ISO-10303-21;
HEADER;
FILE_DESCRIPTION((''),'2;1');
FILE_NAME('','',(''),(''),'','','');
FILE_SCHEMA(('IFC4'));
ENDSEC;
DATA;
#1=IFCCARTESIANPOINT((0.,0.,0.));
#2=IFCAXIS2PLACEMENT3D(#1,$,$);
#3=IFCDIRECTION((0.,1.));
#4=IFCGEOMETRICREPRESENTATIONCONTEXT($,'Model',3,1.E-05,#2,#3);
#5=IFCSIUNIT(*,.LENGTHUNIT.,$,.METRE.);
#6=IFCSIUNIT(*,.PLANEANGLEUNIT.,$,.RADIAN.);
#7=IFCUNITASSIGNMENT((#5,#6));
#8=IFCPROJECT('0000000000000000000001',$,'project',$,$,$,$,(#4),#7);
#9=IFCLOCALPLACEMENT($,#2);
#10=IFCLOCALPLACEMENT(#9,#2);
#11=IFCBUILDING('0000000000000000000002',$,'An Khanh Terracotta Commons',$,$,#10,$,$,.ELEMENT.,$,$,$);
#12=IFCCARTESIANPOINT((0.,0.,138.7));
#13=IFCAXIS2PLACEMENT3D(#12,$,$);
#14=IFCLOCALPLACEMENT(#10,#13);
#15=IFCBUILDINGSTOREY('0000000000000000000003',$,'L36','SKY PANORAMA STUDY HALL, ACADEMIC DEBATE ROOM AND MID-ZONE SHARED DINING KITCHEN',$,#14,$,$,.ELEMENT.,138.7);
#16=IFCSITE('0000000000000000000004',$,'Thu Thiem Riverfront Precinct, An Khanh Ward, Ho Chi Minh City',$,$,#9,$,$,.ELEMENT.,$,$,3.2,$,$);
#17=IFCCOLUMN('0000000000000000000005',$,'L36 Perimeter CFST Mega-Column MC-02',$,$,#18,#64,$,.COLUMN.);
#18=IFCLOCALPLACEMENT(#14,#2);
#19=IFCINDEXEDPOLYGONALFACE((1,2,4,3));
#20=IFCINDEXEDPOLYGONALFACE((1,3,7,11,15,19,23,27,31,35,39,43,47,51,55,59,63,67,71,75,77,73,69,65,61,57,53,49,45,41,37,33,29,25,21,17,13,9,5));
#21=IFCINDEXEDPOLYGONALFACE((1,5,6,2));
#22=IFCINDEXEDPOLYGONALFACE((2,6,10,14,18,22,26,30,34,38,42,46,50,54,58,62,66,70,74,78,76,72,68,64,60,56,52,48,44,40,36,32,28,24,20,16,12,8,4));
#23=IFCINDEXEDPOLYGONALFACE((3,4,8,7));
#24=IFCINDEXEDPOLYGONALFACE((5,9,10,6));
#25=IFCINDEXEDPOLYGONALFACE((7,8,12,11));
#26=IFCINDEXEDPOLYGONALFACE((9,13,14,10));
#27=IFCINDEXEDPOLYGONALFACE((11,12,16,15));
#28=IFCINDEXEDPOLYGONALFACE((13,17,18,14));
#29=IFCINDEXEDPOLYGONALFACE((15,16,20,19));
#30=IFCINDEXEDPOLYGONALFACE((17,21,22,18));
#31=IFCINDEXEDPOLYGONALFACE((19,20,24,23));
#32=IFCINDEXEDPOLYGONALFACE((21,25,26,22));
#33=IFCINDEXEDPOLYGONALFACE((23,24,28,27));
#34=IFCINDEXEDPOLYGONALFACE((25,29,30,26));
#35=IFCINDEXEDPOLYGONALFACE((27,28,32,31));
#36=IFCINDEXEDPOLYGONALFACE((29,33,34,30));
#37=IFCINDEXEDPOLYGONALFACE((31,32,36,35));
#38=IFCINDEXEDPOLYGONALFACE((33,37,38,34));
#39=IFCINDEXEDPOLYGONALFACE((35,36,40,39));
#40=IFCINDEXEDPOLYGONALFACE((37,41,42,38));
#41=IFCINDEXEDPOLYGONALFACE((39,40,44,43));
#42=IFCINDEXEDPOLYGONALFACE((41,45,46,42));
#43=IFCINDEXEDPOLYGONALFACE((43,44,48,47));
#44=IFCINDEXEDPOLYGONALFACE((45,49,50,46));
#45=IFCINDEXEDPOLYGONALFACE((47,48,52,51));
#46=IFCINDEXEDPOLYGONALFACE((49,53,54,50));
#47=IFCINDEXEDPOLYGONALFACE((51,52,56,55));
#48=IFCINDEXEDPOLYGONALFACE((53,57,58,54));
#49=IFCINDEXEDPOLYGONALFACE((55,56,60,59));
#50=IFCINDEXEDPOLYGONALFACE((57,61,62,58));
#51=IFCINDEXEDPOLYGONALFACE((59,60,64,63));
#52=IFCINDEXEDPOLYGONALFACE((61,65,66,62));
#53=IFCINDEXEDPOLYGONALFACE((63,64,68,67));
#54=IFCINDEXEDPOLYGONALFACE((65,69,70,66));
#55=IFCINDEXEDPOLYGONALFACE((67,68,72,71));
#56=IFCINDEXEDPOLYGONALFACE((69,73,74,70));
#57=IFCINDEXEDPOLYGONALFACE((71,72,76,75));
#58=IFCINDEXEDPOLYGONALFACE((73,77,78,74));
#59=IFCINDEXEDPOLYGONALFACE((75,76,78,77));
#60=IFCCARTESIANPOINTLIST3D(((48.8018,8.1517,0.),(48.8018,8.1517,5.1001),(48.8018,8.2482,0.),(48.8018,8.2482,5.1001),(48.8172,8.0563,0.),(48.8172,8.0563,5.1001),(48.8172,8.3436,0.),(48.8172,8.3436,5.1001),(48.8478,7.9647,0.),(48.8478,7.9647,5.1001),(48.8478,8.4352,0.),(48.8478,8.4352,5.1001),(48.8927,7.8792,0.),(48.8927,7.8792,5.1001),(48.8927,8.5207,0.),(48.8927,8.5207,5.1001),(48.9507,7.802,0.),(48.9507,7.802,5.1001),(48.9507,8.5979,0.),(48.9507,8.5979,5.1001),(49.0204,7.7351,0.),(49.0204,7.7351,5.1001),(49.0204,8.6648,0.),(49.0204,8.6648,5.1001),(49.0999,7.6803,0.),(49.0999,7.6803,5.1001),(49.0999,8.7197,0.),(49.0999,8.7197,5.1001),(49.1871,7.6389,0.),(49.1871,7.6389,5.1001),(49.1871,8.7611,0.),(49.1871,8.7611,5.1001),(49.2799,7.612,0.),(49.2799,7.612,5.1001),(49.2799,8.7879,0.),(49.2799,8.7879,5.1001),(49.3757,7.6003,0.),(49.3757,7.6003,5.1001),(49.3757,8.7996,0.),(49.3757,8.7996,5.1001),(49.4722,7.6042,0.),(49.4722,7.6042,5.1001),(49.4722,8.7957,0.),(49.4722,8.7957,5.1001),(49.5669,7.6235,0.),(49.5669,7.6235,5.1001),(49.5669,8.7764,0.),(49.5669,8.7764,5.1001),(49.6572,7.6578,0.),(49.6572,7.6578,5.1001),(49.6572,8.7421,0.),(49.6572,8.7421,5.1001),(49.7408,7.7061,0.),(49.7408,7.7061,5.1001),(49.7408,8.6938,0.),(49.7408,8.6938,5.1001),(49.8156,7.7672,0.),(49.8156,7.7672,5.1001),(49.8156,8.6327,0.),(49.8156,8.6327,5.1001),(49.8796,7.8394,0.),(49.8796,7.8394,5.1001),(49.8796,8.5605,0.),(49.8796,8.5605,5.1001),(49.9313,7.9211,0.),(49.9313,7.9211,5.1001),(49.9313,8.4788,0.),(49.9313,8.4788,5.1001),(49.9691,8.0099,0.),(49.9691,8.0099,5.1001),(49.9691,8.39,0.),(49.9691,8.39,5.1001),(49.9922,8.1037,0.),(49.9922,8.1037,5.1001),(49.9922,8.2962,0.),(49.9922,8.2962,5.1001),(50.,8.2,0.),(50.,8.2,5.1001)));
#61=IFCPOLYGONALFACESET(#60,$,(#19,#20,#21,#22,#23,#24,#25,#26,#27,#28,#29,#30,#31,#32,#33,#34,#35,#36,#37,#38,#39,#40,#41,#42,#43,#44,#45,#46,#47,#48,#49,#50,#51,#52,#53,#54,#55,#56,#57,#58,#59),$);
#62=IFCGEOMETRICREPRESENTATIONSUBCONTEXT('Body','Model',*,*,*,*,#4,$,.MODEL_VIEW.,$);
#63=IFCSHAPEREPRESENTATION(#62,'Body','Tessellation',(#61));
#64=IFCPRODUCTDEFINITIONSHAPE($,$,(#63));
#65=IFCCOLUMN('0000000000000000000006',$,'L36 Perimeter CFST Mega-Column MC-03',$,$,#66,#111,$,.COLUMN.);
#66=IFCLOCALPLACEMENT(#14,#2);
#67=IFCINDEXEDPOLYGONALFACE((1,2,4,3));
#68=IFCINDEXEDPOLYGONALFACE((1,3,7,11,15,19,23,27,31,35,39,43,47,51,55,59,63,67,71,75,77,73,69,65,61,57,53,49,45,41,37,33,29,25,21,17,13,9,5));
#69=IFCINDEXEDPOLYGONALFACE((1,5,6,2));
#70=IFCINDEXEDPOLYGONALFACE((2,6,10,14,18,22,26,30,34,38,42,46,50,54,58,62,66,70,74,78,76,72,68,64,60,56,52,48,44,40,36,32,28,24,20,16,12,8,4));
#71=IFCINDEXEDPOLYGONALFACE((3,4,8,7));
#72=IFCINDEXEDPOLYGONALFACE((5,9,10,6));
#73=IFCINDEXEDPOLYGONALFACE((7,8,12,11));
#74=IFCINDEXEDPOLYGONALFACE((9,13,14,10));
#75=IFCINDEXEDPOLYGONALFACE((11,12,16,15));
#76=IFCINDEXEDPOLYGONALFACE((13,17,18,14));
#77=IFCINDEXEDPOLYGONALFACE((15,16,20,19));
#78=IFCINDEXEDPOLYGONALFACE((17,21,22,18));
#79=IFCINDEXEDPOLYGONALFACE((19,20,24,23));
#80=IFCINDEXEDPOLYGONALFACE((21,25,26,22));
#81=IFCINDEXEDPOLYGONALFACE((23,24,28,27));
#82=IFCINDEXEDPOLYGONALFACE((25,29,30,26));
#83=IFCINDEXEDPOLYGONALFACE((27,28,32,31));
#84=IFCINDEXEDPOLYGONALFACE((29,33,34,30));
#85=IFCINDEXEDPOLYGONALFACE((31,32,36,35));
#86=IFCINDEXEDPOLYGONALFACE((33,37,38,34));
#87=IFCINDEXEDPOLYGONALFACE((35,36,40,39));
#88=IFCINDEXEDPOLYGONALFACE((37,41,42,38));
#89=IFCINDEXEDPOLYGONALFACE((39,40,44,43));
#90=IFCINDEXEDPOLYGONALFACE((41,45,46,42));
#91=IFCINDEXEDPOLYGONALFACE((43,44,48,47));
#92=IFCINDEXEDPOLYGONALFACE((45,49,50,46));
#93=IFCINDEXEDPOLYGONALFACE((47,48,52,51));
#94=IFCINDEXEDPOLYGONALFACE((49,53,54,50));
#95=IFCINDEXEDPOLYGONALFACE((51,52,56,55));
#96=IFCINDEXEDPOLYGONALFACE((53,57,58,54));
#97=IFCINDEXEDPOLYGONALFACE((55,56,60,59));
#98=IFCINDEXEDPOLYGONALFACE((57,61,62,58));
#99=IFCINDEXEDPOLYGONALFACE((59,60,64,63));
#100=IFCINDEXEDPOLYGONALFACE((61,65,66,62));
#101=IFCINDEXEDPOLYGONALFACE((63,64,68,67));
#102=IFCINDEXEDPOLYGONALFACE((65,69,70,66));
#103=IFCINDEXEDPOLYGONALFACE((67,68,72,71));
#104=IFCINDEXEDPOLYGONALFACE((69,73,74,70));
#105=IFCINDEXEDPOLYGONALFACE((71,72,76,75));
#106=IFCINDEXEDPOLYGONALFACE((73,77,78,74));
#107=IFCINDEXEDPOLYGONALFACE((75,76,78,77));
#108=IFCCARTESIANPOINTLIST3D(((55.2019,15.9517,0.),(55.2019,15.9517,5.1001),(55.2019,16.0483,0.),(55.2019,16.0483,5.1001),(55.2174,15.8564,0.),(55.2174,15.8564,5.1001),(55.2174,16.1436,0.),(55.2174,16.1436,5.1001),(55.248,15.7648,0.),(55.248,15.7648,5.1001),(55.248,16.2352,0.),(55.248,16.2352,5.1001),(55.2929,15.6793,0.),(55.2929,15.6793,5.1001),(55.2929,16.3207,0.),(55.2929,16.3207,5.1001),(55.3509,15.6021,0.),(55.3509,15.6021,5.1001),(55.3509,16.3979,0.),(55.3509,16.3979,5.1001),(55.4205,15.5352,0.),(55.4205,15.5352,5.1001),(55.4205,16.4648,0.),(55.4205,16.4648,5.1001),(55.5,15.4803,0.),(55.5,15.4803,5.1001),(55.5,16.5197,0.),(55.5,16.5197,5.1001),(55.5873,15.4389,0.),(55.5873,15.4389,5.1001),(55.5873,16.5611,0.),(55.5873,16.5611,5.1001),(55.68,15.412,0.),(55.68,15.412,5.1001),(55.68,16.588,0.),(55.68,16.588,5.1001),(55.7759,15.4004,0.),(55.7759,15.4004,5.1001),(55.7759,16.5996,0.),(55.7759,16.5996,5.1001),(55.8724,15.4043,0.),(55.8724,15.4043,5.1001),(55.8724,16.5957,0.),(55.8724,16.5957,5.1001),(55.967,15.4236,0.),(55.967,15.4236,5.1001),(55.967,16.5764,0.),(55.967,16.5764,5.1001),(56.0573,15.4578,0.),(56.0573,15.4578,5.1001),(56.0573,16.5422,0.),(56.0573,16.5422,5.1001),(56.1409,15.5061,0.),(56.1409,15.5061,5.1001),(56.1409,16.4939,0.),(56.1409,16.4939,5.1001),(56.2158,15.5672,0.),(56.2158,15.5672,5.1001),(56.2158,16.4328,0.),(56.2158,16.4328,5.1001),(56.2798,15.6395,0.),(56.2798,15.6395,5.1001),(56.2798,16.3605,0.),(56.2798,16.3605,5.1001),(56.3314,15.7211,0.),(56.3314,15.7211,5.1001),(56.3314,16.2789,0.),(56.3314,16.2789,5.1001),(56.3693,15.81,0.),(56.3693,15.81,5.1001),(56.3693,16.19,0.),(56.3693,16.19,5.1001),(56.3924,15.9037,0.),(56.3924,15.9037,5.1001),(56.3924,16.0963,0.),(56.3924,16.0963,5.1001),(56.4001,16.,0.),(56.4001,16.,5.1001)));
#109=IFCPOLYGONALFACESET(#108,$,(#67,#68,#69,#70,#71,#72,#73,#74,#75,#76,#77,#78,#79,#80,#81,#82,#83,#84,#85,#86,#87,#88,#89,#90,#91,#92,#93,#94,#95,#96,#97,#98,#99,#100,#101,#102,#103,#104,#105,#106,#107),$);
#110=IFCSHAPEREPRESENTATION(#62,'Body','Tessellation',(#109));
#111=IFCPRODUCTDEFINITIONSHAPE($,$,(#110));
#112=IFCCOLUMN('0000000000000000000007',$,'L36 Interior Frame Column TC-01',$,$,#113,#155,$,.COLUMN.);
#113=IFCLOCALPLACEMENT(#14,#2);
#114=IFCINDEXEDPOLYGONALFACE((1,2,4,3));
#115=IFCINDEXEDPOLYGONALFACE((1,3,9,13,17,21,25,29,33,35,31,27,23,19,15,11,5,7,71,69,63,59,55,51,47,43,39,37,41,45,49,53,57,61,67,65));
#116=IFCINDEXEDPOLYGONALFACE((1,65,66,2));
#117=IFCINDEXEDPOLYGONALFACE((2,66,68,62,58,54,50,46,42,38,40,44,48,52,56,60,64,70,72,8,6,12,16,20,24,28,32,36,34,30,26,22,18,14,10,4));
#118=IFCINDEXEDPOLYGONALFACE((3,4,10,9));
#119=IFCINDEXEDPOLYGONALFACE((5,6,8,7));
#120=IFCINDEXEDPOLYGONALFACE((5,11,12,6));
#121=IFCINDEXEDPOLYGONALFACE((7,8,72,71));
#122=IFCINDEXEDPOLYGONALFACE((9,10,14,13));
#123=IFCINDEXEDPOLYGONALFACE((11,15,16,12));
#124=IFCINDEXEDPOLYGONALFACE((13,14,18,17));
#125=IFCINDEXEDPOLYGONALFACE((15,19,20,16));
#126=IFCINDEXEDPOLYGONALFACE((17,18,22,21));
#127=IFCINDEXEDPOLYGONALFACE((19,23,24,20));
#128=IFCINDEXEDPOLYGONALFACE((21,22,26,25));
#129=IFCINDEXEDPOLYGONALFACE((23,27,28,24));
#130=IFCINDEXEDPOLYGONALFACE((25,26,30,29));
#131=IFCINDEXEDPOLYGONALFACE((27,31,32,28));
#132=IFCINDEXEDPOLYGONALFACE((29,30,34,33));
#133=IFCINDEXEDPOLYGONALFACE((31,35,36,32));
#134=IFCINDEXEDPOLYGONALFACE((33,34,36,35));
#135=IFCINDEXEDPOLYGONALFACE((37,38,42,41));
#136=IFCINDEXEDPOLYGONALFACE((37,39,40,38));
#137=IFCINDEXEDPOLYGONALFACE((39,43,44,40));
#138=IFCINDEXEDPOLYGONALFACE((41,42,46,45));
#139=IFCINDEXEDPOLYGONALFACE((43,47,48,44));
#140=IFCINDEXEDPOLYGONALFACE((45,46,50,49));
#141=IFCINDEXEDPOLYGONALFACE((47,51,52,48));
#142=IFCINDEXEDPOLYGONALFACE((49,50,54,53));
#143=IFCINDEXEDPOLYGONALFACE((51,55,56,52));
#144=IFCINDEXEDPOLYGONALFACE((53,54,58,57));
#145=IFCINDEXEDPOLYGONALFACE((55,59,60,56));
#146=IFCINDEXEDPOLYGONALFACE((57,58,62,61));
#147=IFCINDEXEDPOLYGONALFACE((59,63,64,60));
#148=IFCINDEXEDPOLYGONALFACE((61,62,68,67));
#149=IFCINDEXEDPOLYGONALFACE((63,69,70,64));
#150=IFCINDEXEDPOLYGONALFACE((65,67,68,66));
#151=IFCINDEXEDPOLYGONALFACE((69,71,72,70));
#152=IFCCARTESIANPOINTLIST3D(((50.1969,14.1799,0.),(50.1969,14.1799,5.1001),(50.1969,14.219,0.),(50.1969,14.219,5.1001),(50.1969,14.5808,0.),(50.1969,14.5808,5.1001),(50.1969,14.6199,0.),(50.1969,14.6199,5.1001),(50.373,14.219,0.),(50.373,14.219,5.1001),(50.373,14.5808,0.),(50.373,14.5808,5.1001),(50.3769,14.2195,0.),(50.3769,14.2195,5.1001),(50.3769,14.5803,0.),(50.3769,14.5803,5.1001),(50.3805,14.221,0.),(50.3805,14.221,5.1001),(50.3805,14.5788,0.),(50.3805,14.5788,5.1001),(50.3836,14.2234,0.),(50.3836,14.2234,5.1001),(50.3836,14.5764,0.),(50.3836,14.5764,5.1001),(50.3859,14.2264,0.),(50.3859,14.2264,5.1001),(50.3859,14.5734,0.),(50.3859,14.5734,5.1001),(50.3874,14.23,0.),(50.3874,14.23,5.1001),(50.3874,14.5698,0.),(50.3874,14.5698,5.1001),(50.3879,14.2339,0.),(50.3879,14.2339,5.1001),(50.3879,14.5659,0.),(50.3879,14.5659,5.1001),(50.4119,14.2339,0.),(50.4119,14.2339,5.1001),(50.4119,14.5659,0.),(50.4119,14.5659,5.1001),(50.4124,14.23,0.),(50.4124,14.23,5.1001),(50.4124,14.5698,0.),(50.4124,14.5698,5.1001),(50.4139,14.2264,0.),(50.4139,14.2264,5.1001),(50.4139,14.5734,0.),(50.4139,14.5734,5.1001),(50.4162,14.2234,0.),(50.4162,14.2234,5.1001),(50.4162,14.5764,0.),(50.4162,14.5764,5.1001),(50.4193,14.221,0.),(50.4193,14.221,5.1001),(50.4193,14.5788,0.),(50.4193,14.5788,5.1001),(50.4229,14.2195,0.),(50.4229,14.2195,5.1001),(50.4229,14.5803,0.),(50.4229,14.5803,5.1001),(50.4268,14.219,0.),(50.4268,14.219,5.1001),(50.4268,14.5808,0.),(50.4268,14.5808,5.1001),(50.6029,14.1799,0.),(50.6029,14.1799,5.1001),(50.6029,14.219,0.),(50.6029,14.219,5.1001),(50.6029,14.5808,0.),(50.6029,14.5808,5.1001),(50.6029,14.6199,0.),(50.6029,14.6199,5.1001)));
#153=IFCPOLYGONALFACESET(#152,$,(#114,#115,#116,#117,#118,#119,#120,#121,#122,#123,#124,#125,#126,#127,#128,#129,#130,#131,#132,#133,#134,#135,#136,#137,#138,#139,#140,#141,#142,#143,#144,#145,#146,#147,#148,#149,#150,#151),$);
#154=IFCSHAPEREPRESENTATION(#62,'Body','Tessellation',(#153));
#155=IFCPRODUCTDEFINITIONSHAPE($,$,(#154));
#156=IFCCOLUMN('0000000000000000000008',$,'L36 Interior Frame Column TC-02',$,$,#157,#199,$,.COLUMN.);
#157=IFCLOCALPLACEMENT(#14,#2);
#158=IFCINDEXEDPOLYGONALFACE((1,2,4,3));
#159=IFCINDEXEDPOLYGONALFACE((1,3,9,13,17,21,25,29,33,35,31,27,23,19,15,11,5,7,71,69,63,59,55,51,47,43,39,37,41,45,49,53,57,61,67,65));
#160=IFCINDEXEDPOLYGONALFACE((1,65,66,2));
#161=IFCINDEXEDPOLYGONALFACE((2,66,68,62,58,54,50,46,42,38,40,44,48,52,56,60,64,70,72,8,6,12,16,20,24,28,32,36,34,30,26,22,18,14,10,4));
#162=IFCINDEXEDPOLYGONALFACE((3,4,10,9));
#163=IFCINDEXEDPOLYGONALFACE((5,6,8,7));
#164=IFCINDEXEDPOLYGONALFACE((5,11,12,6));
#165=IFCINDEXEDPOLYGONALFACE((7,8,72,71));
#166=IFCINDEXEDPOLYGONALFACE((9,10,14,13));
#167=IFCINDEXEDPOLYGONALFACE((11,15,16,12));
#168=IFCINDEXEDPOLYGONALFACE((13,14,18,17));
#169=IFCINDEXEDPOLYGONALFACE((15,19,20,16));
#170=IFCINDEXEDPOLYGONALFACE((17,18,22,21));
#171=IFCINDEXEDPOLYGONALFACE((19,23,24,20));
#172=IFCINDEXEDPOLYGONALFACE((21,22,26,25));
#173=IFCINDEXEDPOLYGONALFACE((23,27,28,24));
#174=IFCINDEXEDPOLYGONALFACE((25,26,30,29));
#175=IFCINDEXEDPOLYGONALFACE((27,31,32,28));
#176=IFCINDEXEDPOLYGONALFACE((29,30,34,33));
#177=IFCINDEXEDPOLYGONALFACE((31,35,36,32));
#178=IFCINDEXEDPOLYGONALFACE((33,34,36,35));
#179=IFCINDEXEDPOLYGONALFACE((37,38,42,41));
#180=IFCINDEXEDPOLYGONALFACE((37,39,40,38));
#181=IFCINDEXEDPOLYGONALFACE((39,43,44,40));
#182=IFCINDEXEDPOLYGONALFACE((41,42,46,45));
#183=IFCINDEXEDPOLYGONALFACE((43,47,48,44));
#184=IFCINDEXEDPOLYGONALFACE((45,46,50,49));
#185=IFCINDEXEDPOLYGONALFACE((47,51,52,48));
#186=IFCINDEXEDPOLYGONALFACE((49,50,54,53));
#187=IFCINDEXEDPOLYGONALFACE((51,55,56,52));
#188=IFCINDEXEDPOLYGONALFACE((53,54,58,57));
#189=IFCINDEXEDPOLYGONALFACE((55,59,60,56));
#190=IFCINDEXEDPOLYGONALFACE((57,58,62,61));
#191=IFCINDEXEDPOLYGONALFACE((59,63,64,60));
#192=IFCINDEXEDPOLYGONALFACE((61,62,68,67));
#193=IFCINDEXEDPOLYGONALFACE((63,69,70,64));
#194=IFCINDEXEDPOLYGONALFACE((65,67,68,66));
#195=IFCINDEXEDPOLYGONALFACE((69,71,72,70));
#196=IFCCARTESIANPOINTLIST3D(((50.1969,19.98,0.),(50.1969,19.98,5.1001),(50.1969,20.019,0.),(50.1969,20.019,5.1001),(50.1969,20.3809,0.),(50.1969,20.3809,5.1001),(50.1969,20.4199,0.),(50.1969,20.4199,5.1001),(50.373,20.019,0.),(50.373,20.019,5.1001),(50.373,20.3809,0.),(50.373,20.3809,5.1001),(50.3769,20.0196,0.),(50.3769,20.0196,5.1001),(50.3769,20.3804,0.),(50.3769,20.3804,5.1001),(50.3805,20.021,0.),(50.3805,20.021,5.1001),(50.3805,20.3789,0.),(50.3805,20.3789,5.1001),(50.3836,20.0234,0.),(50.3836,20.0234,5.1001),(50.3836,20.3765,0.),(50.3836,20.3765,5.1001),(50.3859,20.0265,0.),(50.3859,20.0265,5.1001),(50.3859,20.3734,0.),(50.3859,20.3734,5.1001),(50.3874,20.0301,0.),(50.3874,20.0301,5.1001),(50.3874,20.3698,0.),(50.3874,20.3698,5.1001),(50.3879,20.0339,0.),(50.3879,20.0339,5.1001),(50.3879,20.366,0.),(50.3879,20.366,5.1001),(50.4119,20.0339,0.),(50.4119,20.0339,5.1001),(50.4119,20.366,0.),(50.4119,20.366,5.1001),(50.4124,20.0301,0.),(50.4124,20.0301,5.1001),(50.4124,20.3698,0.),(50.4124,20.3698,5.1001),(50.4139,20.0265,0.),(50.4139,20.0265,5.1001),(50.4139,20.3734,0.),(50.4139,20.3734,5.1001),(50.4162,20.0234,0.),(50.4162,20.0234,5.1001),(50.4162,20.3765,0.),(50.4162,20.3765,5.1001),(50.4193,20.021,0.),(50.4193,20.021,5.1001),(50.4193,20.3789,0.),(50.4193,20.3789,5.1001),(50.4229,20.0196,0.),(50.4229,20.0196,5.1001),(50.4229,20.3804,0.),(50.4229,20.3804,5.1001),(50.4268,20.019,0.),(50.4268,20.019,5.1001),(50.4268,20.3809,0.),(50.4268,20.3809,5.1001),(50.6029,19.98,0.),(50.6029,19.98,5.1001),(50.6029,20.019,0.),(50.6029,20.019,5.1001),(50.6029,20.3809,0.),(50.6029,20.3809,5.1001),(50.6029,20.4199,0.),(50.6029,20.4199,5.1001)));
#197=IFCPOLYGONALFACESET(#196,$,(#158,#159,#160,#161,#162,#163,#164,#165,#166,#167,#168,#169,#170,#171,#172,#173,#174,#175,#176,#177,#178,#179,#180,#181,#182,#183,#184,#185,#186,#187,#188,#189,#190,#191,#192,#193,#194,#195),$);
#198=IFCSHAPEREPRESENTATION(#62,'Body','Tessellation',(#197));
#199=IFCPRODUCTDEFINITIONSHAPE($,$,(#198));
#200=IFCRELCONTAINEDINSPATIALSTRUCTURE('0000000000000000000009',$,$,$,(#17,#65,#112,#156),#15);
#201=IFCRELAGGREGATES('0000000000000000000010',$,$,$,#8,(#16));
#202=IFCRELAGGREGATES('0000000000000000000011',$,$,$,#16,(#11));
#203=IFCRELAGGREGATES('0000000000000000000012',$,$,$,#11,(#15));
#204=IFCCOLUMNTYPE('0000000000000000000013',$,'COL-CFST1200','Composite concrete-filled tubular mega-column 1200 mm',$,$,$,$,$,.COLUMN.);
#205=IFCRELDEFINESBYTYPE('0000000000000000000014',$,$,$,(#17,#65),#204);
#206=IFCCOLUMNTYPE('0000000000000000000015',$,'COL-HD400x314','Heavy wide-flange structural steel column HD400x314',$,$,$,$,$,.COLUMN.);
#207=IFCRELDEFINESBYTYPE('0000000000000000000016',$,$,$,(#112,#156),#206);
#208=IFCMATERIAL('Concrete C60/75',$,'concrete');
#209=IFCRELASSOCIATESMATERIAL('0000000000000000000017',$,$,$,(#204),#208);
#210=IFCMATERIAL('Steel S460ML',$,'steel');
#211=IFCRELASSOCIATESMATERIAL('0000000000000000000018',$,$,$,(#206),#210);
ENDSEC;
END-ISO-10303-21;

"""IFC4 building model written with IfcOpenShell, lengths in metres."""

from ifc_helpers import new_model, si_unit, direction, frame, origin, origin_2d, place, context, subcontext, project, spatial, circle, i_section, extrude, material, material_profile, profile_set, type_object, element, save


model = new_model("IFC4")

# Units and contexts
model_context = context("Model", 3, precision=1e-05, world=origin(), true_north=direction((0.0, 1.0)))
body_context = subcontext(model_context, "Body", "Model", "MODEL_VIEW")
ifc_project = project(units=[si_unit("LENGTHUNIT", "METRE"), si_unit("PLANEANGLEUNIT", "RADIAN")], contexts=[model_context])

# Site, building, storey
site_placement = place(None, origin())
site = spatial("IfcSite", under=ifc_project, at=site_placement, Name="Thu Thiem Riverfront Precinct, An Khanh Ward, Ho Chi Minh City", CompositionType="ELEMENT", RefElevation=3.2)
building_placement = place(site_placement, origin())
building = spatial("IfcBuilding", under=site, at=building_placement, Name="An Khanh Terracotta Commons", CompositionType="ELEMENT")
storey_placement = place(building_placement, frame((0.0, 0.0, 138.7)))
storey = spatial("IfcBuildingStorey", under=building, at=storey_placement, Name="L36", Description="SKY PANORAMA STUDY HALL, ACADEMIC DEBATE ROOM AND MID-ZONE SHARED DINING KITCHEN", CompositionType="ELEMENT", Elevation=138.7)

# Columns
ifc_material_1 = material(Name="Concrete C60/75", Category="concrete")
ifc_material_profile_1 = material_profile(ifc_material_1, circle(Radius=0.6001, at=origin_2d()), Name="CFST1200")
ifc_profile_set_1 = profile_set([ifc_material_profile_1], Name="Concrete C60/75")
column_type_1 = type_object("IfcColumnType", Name="COL-CFST1200", Description="Composite concrete-filled tubular mega-column 1200 mm", PredefinedType="COLUMN", material=ifc_profile_set_1)
for number, where, z_axis, x_axis, name in (
    (1, (49.3999, 8.2, 0.0), (0.0, 0.0, 1.0), (1.0, 0.0, 0.0), "L36 Perimeter CFST Mega-Column MC-02"),
    (2, (55.8, 16.0, 0.0), (0.0, 0.0, 1.0), (1.0, 0.0, 0.0), "L36 Perimeter CFST Mega-Column MC-03"),
):
    element("IfcColumn", number, at=place(storey_placement, frame(where, z_axis=z_axis, x_axis=x_axis)), inside=storey, type_object=column_type_1, Name=name, PredefinedType="COLUMN", context=body_context, shape_type="SweptSolid", body=[
        extrude(circle(Radius=0.6001, at=origin_2d()), origin(), (0.0, 0.0, 1.0), 5.1001),
    ])
ifc_material_2 = material(Name="Steel S460ML", Category="steel")
ifc_material_profile_2 = material_profile(ifc_material_2, i_section(OverallWidth=0.406, OverallDepth=0.4399, WebThickness=0.0239, FlangeThickness=0.0391, FilletRadius=0.0149, at=origin_2d()), Name="HD400x314")
ifc_profile_set_2 = profile_set([ifc_material_profile_2], Name="Steel S460ML")
column_type_2 = type_object("IfcColumnType", Name="COL-HD400x314", Description="Heavy wide-flange structural steel column HD400x314", PredefinedType="COLUMN", material=ifc_profile_set_2)
for number, where, z_axis, x_axis, name in (
    (3, (50.3999, 14.3999, 0.0), (0.0, 0.0, 1.0), (1.0, 0.0, 0.0), "L36 Interior Frame Column TC-01"),
    (4, (50.3999, 20.2, 0.0), (0.0, 0.0, 1.0), (1.0, 0.0, 0.0), "L36 Interior Frame Column TC-02"),
):
    element("IfcColumn", number, at=place(storey_placement, frame(where, z_axis=z_axis, x_axis=x_axis)), inside=storey, type_object=column_type_2, Name=name, PredefinedType="COLUMN", context=body_context, shape_type="SweptSolid", body=[
        extrude(i_section(OverallWidth=0.406, OverallDepth=0.4399, WebThickness=0.0239, FlangeThickness=0.0391, FilletRadius=0.0149, at=origin_2d()), origin(), (0.0, 0.0, 1.0), 5.1001),
    ])

save(model, "model.ifc")
